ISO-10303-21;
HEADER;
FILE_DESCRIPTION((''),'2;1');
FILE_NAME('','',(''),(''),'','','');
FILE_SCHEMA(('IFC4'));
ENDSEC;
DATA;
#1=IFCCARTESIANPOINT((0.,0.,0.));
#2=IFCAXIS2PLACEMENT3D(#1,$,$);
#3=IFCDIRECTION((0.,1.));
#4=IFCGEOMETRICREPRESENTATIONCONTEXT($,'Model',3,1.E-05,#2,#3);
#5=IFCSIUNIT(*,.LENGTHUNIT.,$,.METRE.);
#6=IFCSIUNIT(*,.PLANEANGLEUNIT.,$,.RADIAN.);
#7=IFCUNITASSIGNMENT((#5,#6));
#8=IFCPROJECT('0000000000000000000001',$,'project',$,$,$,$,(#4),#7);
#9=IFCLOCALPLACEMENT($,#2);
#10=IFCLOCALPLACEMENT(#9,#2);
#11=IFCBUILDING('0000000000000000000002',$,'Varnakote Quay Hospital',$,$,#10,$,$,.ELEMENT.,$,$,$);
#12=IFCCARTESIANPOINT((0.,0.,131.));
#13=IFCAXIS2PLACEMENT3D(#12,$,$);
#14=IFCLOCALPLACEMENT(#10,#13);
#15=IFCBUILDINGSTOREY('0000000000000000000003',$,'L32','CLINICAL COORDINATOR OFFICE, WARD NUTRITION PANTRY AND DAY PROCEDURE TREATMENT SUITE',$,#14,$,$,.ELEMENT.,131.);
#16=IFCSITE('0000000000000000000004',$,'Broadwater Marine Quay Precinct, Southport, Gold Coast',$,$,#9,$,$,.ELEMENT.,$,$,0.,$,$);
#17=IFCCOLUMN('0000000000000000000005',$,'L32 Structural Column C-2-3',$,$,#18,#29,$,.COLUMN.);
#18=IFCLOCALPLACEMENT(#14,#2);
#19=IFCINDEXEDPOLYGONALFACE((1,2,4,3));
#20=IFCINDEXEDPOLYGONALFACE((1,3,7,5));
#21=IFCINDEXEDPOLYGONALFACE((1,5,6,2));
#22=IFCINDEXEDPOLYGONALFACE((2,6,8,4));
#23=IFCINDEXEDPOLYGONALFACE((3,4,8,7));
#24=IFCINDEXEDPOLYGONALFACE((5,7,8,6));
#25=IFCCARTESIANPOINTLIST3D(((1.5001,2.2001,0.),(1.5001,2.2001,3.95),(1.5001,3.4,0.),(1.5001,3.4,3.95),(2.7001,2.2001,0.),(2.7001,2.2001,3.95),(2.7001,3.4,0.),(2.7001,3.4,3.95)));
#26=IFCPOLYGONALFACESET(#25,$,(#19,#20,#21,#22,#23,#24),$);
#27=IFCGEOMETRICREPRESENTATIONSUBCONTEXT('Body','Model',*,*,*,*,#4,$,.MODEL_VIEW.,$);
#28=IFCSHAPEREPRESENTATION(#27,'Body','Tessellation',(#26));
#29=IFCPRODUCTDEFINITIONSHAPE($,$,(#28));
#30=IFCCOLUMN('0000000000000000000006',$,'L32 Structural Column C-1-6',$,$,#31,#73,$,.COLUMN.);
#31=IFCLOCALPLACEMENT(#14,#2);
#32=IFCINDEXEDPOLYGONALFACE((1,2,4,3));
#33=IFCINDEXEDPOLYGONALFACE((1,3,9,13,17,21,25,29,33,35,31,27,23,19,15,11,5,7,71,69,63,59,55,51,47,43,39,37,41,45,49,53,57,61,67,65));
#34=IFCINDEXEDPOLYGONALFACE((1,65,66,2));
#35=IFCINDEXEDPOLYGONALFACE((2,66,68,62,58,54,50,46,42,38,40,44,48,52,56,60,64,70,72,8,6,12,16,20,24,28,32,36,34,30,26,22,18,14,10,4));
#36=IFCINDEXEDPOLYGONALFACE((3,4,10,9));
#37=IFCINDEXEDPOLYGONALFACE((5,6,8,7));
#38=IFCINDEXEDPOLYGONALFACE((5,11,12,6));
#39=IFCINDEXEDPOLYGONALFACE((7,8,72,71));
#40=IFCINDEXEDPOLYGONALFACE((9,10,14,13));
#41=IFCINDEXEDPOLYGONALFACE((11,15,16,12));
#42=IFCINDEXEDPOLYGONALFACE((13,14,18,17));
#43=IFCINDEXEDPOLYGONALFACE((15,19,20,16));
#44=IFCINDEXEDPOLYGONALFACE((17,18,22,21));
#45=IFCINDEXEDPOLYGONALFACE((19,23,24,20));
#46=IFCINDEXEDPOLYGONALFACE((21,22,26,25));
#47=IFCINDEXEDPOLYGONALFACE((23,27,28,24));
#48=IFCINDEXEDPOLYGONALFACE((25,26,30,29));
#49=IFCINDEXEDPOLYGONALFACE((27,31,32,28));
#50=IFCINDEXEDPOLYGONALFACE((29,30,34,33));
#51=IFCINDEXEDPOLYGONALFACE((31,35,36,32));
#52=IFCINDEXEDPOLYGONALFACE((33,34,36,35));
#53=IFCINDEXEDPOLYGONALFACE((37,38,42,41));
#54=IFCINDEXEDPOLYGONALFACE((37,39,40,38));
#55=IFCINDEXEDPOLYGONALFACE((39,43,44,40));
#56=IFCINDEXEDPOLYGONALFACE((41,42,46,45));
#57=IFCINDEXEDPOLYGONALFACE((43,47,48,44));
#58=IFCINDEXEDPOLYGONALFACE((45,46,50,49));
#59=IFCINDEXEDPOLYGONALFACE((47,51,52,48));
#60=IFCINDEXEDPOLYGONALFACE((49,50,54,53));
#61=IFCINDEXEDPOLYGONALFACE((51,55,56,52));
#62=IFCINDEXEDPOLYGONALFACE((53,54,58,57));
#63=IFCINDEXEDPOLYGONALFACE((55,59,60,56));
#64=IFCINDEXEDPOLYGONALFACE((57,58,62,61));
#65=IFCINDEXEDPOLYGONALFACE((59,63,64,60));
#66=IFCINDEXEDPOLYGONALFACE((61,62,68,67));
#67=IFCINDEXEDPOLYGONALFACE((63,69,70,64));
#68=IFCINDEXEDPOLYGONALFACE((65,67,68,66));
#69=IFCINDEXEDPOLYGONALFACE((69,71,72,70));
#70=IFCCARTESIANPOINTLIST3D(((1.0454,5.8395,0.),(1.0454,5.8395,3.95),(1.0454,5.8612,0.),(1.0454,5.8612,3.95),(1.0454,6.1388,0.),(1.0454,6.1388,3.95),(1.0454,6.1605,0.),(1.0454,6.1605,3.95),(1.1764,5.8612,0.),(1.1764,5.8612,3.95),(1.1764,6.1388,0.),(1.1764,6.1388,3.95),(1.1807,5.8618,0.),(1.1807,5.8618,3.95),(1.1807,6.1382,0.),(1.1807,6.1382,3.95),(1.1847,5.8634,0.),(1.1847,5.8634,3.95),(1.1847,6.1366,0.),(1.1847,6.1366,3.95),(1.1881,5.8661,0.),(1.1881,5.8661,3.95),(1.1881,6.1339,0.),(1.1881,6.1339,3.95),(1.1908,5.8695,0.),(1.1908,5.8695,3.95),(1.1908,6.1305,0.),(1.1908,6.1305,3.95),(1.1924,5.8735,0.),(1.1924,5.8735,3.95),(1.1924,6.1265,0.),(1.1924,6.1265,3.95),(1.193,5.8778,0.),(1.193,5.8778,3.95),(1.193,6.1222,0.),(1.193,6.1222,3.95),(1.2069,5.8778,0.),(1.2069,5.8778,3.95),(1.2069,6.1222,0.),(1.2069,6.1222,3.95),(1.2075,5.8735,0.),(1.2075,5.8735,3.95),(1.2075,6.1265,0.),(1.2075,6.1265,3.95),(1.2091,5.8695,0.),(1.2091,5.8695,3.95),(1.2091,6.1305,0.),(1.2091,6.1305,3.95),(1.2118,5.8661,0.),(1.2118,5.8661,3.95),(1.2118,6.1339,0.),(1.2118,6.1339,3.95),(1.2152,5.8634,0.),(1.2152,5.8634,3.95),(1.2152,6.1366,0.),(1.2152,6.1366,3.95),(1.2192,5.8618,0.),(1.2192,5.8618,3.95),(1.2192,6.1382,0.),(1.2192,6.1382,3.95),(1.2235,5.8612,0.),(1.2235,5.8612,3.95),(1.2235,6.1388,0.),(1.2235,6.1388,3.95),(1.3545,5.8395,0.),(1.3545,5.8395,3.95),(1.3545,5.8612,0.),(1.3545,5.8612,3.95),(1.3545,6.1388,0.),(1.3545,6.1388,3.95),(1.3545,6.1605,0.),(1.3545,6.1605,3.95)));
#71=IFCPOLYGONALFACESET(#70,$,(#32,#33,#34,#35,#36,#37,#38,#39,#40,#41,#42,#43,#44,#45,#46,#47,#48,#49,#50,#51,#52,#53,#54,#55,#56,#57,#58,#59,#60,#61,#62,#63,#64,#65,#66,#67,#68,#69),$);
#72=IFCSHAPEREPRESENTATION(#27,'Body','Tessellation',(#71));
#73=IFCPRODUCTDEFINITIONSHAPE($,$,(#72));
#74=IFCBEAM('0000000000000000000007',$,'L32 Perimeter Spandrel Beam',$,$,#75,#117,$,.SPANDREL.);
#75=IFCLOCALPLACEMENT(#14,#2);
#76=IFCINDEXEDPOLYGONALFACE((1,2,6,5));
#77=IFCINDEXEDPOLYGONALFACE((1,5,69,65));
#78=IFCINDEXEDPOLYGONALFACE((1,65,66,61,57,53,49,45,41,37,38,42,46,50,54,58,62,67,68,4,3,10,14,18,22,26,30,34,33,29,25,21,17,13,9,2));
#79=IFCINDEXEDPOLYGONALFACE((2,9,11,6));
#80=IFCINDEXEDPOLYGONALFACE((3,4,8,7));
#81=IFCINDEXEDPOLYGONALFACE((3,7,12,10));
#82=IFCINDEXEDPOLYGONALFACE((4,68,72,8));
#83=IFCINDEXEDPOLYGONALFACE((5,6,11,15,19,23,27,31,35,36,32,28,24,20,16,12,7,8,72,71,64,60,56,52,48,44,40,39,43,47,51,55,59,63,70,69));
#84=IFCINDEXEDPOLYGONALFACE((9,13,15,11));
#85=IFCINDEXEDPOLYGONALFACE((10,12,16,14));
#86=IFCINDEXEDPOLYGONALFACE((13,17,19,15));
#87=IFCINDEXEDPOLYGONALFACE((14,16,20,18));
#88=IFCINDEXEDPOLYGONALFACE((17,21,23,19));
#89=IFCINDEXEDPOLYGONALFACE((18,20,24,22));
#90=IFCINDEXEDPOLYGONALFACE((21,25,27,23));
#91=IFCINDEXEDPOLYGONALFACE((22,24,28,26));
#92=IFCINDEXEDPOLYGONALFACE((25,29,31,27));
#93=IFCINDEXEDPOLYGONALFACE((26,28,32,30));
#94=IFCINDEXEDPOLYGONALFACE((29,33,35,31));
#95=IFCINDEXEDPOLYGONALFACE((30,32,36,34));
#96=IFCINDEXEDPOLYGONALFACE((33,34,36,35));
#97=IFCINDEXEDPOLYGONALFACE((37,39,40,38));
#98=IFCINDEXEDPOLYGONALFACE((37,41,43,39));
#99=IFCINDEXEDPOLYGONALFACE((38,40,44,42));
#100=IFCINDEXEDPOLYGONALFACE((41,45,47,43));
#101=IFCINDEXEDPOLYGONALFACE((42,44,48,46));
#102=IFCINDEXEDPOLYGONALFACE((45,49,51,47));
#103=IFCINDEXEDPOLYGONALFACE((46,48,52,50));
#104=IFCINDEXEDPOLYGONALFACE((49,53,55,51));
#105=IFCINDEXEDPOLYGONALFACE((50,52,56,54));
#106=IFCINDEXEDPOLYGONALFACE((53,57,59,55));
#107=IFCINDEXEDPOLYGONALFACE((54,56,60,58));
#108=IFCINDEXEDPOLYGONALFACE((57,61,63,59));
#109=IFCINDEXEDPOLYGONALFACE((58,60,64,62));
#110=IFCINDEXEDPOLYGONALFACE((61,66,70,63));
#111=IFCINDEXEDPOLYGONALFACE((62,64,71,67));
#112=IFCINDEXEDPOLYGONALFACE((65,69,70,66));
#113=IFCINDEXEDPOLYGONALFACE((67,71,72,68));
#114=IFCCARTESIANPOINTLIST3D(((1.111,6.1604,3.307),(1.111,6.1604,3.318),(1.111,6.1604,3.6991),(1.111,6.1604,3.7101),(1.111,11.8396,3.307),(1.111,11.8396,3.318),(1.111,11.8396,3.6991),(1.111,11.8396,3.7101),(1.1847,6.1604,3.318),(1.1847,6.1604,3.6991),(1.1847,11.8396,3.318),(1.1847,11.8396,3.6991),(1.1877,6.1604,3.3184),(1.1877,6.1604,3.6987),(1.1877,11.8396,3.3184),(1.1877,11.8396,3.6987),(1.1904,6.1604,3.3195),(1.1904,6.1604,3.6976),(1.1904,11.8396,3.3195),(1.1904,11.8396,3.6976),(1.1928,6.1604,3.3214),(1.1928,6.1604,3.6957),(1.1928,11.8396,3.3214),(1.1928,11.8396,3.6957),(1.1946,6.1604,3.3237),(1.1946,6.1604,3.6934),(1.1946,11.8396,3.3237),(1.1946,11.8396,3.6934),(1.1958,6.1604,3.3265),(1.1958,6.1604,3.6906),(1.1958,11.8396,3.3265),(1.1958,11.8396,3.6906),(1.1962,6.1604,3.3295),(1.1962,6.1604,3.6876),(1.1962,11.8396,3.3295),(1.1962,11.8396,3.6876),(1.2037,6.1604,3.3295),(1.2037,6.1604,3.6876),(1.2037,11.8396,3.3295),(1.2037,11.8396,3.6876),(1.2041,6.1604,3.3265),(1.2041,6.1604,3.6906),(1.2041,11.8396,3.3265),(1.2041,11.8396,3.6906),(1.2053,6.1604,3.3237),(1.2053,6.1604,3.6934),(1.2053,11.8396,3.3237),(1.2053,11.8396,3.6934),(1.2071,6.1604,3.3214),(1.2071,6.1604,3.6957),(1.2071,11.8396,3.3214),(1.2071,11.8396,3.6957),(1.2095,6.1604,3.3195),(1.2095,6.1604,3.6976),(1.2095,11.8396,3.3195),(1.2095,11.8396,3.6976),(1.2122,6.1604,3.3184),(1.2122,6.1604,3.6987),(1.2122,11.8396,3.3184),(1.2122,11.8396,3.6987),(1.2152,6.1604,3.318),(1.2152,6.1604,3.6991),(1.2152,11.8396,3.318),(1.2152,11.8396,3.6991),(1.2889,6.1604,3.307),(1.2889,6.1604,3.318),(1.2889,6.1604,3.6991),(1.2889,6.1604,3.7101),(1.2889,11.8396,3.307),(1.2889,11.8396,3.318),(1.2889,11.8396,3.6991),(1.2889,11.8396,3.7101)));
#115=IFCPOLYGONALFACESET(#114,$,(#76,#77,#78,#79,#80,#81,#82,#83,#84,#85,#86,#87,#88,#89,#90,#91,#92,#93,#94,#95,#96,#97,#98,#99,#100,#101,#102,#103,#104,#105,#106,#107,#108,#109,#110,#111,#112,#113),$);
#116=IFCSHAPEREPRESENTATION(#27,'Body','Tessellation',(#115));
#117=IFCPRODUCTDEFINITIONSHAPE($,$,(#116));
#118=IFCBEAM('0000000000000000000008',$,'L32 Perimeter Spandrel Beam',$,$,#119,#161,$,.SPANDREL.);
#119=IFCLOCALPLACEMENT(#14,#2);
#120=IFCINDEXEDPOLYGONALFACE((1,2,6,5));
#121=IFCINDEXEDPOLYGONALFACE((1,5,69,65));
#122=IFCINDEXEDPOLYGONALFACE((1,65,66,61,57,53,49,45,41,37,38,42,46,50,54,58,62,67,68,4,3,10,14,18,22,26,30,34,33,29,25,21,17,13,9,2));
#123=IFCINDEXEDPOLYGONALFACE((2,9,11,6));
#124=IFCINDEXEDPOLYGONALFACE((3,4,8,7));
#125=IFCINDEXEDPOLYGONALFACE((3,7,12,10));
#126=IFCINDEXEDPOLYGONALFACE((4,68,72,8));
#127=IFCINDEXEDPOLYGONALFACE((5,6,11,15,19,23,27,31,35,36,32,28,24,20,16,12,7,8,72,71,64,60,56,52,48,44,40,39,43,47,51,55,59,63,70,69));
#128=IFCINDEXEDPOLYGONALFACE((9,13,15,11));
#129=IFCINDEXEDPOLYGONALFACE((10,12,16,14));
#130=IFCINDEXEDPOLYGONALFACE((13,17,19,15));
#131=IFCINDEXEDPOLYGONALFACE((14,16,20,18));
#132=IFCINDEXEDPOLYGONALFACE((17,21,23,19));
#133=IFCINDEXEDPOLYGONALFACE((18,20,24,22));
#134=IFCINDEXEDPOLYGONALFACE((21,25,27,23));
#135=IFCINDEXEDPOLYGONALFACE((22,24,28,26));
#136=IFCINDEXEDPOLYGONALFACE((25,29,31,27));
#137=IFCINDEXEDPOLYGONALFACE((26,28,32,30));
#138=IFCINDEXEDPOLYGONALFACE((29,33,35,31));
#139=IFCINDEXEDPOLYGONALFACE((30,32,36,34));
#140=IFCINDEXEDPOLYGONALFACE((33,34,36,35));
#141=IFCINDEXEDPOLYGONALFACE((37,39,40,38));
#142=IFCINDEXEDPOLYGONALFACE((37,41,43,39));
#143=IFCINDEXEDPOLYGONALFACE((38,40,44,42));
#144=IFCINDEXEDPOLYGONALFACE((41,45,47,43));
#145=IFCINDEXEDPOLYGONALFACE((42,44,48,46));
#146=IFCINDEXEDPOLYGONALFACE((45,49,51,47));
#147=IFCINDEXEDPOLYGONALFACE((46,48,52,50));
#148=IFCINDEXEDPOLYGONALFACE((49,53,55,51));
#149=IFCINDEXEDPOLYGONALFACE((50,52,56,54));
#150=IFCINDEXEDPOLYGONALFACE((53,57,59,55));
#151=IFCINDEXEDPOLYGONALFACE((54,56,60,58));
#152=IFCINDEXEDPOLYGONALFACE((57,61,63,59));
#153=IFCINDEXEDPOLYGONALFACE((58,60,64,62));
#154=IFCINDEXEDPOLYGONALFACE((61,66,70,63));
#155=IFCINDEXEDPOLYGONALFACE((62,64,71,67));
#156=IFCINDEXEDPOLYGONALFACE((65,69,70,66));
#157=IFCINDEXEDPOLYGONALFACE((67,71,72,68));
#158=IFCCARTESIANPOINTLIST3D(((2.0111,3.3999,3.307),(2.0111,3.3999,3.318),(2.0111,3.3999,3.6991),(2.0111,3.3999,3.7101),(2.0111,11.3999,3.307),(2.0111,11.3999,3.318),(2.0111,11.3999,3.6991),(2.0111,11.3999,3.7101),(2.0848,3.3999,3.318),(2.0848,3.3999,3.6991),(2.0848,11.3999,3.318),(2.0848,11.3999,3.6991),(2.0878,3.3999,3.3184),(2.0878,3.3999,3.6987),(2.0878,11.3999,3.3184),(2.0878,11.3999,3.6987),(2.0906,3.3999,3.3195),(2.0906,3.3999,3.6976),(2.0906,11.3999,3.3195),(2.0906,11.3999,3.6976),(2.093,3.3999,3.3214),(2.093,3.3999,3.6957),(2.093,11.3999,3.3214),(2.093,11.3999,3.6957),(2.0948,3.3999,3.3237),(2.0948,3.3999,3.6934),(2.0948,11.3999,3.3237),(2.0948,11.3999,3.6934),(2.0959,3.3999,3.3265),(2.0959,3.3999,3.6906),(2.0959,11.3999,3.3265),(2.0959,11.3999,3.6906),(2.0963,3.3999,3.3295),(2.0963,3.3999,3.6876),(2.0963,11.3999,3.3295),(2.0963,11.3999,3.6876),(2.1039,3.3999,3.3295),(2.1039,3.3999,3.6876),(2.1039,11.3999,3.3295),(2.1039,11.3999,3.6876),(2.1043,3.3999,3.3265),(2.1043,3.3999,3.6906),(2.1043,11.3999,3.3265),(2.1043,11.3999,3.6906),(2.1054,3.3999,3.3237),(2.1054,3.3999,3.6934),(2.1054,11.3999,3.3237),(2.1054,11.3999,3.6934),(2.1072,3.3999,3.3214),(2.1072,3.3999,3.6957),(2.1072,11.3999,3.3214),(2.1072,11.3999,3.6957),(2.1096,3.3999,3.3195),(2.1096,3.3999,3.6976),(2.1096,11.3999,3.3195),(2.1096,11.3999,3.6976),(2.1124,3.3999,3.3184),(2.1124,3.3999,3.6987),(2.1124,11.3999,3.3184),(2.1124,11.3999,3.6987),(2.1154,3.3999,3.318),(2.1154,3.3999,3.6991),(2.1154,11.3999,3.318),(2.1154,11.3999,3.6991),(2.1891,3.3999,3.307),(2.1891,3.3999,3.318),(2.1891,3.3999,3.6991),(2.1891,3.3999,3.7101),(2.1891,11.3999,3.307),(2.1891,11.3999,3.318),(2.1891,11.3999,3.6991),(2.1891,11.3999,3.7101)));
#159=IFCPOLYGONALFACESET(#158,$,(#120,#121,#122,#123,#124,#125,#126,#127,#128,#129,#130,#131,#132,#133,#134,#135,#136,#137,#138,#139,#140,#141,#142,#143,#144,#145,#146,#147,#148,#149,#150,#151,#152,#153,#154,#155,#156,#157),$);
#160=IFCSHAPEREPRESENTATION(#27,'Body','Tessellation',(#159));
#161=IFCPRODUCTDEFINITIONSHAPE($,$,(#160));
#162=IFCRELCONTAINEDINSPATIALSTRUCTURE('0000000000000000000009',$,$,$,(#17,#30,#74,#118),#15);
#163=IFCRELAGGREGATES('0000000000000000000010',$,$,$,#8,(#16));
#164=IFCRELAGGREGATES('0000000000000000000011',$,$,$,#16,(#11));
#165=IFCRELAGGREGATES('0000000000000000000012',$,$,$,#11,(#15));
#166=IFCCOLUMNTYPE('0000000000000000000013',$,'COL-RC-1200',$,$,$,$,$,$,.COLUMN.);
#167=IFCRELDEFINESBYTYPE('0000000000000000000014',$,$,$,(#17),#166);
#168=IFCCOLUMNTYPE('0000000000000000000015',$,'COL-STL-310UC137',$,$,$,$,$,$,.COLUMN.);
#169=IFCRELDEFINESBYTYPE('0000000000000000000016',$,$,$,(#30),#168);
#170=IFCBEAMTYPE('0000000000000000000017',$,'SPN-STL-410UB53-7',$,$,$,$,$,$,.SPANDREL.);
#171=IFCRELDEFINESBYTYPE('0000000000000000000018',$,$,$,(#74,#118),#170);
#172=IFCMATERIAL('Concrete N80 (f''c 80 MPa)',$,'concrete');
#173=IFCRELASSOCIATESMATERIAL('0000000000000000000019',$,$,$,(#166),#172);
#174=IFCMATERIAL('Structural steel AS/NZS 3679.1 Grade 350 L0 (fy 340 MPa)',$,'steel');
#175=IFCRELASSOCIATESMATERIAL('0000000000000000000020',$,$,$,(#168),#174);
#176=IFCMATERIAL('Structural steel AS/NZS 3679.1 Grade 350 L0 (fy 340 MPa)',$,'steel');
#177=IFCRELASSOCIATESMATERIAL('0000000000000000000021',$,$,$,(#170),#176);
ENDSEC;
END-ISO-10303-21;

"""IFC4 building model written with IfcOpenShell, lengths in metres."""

from ifc_helpers import new_model, si_unit, direction, frame, origin, origin_2d, place, context, subcontext, project, spatial, rectangle, i_section, extrude, material, material_profile, profile_set, type_object, element, save


model = new_model("IFC4")

# Units and contexts
model_context = context("Model", 3, precision=1e-05, world=origin(), true_north=direction((0.0, 1.0)))
body_context = subcontext(model_context, "Body", "Model", "MODEL_VIEW")
ifc_project = project(units=[si_unit("LENGTHUNIT", "METRE"), si_unit("PLANEANGLEUNIT", "RADIAN")], contexts=[model_context])

# Site, building, storey
site_placement = place(None, origin())
site = spatial("IfcSite", under=ifc_project, at=site_placement, Name="Broadwater Marine Quay Precinct, Southport, Gold Coast", CompositionType="ELEMENT", RefElevation=0.0)
building_placement = place(site_placement, origin())
building = spatial("IfcBuilding", under=site, at=building_placement, Name="Varnakote Quay Hospital", CompositionType="ELEMENT")
storey_placement = place(building_placement, frame((0.0, 0.0, 131.0)))
storey = spatial("IfcBuildingStorey", under=building, at=storey_placement, Name="L32", Description="CLINICAL COORDINATOR OFFICE, WARD NUTRITION PANTRY AND DAY PROCEDURE TREATMENT SUITE", CompositionType="ELEMENT", Elevation=131.0)

# Columns
ifc_material_1 = material(Name="Concrete N80 (f'c 80 MPa)", Category="concrete")
ifc_material_profile_1 = material_profile(ifc_material_1, rectangle(XDim=1.2, YDim=1.2, at=origin_2d()), Name="RC-COL-1200x1200")
ifc_profile_set_1 = profile_set([ifc_material_profile_1], Name="Concrete N80 (f'c 80 MPa)")
column_type_1 = type_object("IfcColumnType", Name="COL-RC-1200", PredefinedType="COLUMN", material=ifc_profile_set_1)
column_1_placement = place(storey_placement, frame((2.1001, 2.8, 0.0), z_axis=(0.0, 0.0, 1.0), x_axis=(1.0, 0.0, 0.0)))
element("IfcColumn", 1, at=column_1_placement, inside=storey, type_object=column_type_1, Name="L32 Structural Column C-2-3", PredefinedType="COLUMN", context=body_context, shape_type="SweptSolid", body=[
    extrude(rectangle(XDim=1.2, YDim=1.2, at=origin_2d()), origin(), (0.0, 0.0, 1.0), 3.95),
])
ifc_material_2 = material(Name="Structural steel AS/NZS 3679.1 Grade 350 L0 (fy 340 MPa)", Category="steel")
ifc_material_profile_2 = material_profile(ifc_material_2, i_section(OverallWidth=0.3091, OverallDepth=0.321, WebThickness=0.0139, FlangeThickness=0.0217, FilletRadius=0.0166, at=origin_2d()), Name="310UC137")
ifc_profile_set_2 = profile_set([ifc_material_profile_2], Name="Structural steel AS/NZS 3679.1 Grade 350 L0 (fy 340 MPa)")
column_type_2 = type_object("IfcColumnType", Name="COL-STL-310UC137", PredefinedType="COLUMN", material=ifc_profile_set_2)
column_2_placement = place(storey_placement, frame((1.2, 6.0, 0.0), z_axis=(0.0, 0.0, 1.0), x_axis=(1.0, 0.0, 0.0)))
element("IfcColumn", 2, at=column_2_placement, inside=storey, type_object=column_type_2, Name="L32 Structural Column C-1-6", PredefinedType="COLUMN", context=body_context, shape_type="SweptSolid", body=[
    extrude(i_section(OverallWidth=0.3091, OverallDepth=0.321, WebThickness=0.0139, FlangeThickness=0.0217, FilletRadius=0.0166, at=origin_2d()), origin(), (0.0, 0.0, 1.0), 3.95),
])

# Beams
ifc_material_3 = material(Name="Structural steel AS/NZS 3679.1 Grade 350 L0 (fy 340 MPa)", Category="steel")
ifc_material_profile_3 = material_profile(ifc_material_3, i_section(OverallWidth=0.178, OverallDepth=0.4031, WebThickness=0.0076, FlangeThickness=0.011, FilletRadius=0.0115, at=origin_2d()), Name="410UB53.7")
ifc_profile_set_3 = profile_set([ifc_material_profile_3], Name="Structural steel AS/NZS 3679.1 Grade 350 L0 (fy 340 MPa)")
beam_type_1 = type_object("IfcBeamType", Name="SPN-STL-410UB53-7", PredefinedType="SPANDREL", material=ifc_profile_set_3)
beam_1_placement = place(storey_placement, frame((1.2, 6.1604, 3.5085), z_axis=(0.0, 1.0, 0.0), x_axis=(-1.0, 0.0, 0.0)))
element("IfcBeam", 3, at=beam_1_placement, inside=storey, type_object=beam_type_1, Name="L32 Perimeter Spandrel Beam", PredefinedType="SPANDREL", context=body_context, shape_type="SweptSolid", body=[
    extrude(i_section(OverallWidth=0.178, OverallDepth=0.4031, WebThickness=0.0076, FlangeThickness=0.011, FilletRadius=0.0115, at=origin_2d()), origin(), (0.0, 0.0, 1.0), 5.6792),
])
beam_2_placement = place(storey_placement, frame((2.1001, 3.3999, 3.5085), z_axis=(0.0, 1.0, 0.0), x_axis=(-1.0, 0.0, 0.0)))
element("IfcBeam", 4, at=beam_2_placement, inside=storey, type_object=beam_type_1, Name="L32 Perimeter Spandrel Beam", PredefinedType="SPANDREL", context=body_context, shape_type="SweptSolid", body=[
    extrude(i_section(OverallWidth=0.178, OverallDepth=0.4031, WebThickness=0.0076, FlangeThickness=0.011, FilletRadius=0.0115, at=origin_2d()), origin(), (0.0, 0.0, 1.0), 8.0),
])

save(model, "model.ifc")
